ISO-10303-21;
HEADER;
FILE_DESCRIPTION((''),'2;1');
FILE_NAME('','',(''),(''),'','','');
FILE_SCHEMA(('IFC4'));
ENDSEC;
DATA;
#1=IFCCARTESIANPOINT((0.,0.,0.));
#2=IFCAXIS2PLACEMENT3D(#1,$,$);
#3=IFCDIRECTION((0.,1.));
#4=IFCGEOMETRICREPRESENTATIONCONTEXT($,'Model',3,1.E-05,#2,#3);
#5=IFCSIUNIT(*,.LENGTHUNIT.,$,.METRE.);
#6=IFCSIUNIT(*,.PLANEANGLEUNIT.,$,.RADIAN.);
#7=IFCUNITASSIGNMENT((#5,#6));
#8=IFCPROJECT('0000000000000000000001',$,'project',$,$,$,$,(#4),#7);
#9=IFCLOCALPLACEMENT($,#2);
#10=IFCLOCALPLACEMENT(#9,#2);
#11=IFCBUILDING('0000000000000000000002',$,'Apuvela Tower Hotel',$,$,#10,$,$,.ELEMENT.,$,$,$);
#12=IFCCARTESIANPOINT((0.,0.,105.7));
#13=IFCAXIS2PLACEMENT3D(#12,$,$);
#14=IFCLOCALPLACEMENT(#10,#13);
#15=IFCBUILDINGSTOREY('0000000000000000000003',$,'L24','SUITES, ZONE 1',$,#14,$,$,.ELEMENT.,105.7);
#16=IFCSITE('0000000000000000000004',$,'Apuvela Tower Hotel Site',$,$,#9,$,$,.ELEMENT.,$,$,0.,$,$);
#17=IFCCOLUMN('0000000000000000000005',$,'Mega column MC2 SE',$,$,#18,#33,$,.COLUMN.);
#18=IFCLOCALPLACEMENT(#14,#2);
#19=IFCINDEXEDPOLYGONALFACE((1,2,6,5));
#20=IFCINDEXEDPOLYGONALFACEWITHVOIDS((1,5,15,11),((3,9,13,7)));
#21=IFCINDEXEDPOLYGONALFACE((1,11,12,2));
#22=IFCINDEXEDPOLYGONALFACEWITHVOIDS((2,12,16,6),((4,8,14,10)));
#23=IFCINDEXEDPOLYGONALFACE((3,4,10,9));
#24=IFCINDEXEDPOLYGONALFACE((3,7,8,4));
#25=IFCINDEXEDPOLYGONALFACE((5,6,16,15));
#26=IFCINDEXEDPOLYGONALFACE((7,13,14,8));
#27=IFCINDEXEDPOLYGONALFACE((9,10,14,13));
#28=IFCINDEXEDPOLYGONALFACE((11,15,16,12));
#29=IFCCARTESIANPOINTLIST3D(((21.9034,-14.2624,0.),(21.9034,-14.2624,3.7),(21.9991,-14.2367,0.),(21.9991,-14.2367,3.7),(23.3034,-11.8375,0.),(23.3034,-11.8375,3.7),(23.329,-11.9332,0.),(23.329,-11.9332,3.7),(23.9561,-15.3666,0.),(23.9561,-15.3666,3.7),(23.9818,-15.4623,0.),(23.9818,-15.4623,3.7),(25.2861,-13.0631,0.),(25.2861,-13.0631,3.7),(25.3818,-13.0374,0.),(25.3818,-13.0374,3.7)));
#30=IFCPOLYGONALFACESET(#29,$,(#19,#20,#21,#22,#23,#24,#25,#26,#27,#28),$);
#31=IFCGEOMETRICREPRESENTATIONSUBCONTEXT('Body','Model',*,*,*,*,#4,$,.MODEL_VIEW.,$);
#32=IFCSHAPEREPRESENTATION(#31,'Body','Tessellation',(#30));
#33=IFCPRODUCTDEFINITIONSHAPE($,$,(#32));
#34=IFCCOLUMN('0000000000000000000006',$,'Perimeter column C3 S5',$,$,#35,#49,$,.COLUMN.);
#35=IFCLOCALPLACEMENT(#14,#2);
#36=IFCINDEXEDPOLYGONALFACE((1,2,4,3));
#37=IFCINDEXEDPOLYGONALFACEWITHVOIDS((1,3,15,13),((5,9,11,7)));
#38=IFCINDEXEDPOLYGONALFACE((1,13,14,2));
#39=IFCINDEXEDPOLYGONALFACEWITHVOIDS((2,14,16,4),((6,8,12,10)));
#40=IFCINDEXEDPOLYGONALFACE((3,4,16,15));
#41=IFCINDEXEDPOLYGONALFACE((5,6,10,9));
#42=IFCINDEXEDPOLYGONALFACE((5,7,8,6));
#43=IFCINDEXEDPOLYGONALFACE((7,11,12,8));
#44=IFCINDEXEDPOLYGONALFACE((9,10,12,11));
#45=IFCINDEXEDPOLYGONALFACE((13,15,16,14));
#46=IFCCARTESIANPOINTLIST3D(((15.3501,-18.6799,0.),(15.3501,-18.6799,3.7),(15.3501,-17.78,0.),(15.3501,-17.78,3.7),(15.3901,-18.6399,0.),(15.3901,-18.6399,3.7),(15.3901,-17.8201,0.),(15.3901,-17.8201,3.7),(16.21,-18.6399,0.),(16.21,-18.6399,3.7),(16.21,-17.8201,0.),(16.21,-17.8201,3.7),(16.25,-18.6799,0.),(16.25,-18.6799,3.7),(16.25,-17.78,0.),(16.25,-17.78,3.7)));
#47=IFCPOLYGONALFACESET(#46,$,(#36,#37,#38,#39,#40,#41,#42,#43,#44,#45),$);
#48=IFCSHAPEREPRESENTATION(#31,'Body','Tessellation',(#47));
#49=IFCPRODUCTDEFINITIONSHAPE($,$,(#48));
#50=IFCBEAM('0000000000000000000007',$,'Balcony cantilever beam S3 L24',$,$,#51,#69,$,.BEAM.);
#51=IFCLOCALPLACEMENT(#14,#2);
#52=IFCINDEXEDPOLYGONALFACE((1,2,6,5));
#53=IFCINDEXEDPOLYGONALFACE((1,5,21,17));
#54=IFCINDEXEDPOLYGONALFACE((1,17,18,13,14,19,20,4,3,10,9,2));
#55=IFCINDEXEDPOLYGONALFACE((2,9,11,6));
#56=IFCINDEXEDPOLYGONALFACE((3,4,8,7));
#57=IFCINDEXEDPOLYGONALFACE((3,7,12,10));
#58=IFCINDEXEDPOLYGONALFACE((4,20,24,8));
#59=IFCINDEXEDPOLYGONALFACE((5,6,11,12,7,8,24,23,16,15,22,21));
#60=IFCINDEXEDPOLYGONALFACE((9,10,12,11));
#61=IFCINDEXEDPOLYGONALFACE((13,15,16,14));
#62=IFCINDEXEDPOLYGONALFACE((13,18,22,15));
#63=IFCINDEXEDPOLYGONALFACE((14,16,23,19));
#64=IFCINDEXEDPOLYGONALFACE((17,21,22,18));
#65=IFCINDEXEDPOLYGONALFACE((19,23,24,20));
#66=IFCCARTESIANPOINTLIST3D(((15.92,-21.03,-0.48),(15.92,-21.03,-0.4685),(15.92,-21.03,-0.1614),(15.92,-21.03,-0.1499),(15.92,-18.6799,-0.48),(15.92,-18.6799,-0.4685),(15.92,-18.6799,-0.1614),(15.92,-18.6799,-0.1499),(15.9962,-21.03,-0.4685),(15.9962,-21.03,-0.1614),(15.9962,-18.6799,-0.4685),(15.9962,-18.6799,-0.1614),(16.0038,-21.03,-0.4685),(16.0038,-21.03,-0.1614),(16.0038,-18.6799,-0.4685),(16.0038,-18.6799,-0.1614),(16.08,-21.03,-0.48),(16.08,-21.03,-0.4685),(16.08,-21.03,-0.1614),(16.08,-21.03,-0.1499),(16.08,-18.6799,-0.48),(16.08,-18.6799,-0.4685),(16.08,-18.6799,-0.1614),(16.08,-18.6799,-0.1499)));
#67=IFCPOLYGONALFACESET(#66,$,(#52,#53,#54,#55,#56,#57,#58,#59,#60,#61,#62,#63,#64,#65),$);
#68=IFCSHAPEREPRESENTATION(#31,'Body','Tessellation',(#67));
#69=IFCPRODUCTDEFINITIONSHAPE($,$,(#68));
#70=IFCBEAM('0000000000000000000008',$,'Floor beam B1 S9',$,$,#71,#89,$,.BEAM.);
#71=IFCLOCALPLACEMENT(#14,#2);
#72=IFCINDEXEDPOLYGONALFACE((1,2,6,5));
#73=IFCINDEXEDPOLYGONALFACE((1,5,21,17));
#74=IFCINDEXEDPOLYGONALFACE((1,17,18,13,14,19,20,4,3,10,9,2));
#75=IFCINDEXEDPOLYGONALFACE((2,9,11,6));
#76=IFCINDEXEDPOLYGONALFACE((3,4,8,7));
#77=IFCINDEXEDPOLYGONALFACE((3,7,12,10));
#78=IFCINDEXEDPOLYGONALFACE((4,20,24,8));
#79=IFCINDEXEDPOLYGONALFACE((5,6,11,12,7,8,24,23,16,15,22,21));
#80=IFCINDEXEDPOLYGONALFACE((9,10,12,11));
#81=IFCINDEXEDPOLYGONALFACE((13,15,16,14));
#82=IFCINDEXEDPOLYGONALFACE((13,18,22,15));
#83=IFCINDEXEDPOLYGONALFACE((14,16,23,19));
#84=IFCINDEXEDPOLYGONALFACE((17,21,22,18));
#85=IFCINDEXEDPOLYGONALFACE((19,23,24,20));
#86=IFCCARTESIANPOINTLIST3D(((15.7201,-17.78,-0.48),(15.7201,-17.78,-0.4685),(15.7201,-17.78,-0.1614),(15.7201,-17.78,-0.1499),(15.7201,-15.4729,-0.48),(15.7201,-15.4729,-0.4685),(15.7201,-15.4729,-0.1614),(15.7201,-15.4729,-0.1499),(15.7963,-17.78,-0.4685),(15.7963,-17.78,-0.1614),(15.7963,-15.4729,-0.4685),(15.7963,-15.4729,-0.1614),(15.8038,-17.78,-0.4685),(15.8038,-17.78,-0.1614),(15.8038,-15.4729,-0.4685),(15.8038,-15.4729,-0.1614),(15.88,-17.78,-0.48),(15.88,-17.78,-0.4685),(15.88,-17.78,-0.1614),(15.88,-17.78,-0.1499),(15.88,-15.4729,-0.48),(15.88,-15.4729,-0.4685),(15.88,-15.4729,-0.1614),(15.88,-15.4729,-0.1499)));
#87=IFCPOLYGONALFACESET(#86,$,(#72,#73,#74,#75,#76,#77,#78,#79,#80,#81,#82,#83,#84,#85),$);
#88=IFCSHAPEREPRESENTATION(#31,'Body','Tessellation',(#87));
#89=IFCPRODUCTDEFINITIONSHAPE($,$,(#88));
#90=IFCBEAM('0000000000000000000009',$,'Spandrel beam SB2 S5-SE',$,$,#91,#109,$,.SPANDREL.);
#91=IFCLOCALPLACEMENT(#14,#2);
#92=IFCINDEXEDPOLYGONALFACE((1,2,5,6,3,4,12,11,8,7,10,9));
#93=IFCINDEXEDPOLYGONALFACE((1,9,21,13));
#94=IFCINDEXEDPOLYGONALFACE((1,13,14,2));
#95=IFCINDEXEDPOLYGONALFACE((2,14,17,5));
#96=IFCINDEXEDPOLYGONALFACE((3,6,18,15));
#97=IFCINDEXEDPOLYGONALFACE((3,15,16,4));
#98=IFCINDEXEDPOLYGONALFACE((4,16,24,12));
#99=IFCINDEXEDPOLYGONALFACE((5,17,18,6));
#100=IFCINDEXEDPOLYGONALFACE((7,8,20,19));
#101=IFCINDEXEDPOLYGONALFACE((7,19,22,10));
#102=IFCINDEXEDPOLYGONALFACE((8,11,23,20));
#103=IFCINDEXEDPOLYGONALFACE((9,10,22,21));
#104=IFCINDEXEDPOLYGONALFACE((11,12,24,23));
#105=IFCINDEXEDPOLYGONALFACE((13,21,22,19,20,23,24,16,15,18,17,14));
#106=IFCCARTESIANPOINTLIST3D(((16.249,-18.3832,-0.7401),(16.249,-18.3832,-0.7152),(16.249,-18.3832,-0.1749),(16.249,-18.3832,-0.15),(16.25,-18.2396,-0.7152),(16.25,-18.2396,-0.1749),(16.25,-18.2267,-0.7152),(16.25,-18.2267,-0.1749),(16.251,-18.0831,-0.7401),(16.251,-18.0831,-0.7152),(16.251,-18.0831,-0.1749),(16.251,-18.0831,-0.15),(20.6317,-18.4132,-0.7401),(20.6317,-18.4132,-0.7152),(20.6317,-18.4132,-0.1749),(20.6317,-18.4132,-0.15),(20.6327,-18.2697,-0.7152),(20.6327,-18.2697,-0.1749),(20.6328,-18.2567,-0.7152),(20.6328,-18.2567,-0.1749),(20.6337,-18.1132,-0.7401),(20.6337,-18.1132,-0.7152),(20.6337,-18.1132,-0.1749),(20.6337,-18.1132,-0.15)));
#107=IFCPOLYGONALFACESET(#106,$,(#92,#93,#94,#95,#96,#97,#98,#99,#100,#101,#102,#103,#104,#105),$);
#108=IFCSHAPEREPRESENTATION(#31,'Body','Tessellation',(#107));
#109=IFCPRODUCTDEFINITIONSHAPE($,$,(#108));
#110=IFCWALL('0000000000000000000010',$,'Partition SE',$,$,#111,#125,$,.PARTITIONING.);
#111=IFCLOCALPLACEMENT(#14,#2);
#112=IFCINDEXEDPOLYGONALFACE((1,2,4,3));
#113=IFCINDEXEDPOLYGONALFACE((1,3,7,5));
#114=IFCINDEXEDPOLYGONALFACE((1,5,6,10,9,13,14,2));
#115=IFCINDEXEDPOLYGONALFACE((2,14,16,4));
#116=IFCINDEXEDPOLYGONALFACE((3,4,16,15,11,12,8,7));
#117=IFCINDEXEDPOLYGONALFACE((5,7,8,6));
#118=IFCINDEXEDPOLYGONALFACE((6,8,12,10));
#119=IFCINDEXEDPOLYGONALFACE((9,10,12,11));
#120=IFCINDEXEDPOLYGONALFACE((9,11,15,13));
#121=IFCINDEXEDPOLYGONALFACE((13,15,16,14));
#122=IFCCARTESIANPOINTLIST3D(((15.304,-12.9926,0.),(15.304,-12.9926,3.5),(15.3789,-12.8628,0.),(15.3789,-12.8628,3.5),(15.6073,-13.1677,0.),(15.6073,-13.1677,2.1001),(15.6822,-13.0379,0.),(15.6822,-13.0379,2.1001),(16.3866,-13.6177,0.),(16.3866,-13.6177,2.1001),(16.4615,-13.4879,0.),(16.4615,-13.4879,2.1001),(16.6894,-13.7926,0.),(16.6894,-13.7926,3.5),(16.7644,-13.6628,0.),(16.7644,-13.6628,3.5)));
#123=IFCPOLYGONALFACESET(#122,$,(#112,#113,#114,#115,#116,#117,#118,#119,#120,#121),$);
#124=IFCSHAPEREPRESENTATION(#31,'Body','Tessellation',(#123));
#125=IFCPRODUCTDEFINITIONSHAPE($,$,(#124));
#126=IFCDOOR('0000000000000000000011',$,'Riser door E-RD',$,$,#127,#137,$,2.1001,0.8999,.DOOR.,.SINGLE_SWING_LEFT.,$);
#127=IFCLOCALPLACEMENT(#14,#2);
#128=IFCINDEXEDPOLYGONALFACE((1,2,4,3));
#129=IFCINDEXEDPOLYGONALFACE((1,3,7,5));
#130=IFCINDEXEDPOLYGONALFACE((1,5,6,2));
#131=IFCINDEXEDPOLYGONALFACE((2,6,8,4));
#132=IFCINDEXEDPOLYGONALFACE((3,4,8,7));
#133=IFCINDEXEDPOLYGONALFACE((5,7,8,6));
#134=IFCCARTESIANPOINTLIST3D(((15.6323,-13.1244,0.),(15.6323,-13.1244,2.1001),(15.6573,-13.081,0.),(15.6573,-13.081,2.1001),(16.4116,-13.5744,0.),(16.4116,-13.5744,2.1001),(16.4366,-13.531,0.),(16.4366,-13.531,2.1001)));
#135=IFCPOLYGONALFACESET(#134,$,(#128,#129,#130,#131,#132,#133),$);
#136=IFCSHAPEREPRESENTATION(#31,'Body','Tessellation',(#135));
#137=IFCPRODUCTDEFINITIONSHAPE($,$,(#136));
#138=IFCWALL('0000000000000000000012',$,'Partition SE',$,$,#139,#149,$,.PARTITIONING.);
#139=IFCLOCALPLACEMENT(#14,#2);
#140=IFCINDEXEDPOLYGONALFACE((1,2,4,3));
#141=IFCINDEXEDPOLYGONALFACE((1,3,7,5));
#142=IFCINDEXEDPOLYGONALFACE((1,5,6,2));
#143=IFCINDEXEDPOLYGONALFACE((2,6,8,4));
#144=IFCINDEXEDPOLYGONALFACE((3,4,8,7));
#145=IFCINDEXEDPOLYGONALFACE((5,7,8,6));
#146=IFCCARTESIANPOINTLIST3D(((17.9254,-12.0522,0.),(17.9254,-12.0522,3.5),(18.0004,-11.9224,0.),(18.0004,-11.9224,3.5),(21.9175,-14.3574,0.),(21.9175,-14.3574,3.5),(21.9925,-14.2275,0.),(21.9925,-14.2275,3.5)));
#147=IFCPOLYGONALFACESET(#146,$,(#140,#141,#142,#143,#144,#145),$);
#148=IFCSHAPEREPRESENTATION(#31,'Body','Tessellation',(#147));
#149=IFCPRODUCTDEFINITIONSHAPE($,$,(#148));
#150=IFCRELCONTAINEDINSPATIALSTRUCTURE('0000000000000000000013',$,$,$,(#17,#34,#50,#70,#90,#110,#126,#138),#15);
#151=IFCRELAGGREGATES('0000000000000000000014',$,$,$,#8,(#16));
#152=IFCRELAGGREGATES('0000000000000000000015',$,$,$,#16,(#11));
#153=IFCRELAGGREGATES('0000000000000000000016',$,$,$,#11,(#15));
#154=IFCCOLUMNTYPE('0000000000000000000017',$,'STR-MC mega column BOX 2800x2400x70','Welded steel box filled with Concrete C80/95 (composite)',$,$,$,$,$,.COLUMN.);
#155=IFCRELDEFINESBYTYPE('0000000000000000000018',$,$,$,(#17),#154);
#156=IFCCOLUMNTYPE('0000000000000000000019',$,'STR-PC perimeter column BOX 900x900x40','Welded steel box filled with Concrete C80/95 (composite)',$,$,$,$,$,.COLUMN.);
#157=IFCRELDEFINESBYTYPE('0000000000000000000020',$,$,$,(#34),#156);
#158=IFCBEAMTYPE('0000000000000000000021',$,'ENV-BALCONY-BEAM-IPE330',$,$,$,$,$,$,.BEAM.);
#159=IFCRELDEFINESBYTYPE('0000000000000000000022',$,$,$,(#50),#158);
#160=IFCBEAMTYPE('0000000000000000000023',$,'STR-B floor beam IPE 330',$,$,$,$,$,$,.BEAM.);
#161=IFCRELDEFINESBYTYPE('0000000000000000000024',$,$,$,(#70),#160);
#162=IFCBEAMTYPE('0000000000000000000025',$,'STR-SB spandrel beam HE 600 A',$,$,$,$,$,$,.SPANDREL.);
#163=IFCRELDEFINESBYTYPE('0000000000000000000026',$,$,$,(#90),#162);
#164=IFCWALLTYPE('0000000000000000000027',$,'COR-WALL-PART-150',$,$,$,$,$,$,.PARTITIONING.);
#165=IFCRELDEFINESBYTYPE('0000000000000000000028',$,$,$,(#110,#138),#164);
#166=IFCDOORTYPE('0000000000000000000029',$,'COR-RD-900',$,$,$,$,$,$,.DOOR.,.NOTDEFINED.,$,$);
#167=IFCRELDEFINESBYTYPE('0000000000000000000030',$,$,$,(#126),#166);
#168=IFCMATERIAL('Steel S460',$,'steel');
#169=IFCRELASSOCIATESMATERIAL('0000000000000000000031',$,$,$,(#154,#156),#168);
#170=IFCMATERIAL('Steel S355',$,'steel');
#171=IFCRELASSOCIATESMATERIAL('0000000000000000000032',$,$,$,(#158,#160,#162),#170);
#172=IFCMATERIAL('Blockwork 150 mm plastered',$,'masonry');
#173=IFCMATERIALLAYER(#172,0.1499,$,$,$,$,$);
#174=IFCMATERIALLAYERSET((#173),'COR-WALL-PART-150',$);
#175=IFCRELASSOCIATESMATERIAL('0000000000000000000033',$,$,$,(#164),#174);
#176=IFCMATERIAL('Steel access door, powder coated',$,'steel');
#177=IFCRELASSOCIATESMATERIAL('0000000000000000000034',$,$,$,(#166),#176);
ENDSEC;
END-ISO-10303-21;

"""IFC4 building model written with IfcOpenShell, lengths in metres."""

from ifc_helpers import new_model, si_unit, direction, frame, frame_2d, origin, origin_2d, place, context, subcontext, project, spatial, rectangle, hollow_rectangle, i_section, extrude, material, layer, layer_set, material_profile, profile_set, type_object, element, fill, save


model = new_model("IFC4")

# Units and contexts
model_context = context("Model", 3, precision=1e-05, world=origin(), true_north=direction((0.0, 1.0)))
body_context = subcontext(model_context, "Body", "Model", "MODEL_VIEW")
ifc_project = project(units=[si_unit("LENGTHUNIT", "METRE"), si_unit("PLANEANGLEUNIT", "RADIAN")], contexts=[model_context])

# Site, building, storey
site_placement = place(None, origin())
site = spatial("IfcSite", under=ifc_project, at=site_placement, Name="Apuvela Tower Hotel Site", CompositionType="ELEMENT", RefElevation=0.0)
building_placement = place(site_placement, origin())
building = spatial("IfcBuilding", under=site, at=building_placement, Name="Apuvela Tower Hotel", CompositionType="ELEMENT")
storey_placement = place(building_placement, frame((0.0, 0.0, 105.7)))
storey = spatial("IfcBuildingStorey", under=building, at=storey_placement, Name="L24", Description="SUITES, ZONE 1", CompositionType="ELEMENT", Elevation=105.7)

# Columns
ifc_material_1 = material(Name="Steel S460", Category="steel")
ifc_material_profile_1 = material_profile(ifc_material_1, hollow_rectangle(XDim=2.8, YDim=2.3999, WallThickness=0.0701, at=origin_2d()), Name="BOX 2800x2400x70")
ifc_material_2 = material(Name="Concrete C80/95", Category="concrete")
ifc_material_profile_2 = material_profile(ifc_material_2, rectangle(XDim=2.6599, YDim=2.26, at=origin_2d()), Name="Concrete C80/95 infill")
ifc_profile_set_1 = profile_set([ifc_material_profile_1, ifc_material_profile_2], Name="Steel S460")
column_type_1 = type_object("IfcColumnType", Name="STR-MC mega column BOX 2800x2400x70", Description="Welded steel box filled with Concrete C80/95 (composite)", PredefinedType="COLUMN", material=ifc_profile_set_1)
column_1_placement = place(storey_placement, frame((23.6426, -13.6499, 0.0), z_axis=(0.0, 0.0, 1.0), x_axis=(0.5, 0.866025, 0.0)))
element("IfcColumn", 1, at=column_1_placement, inside=storey, type_object=column_type_1, Name="Mega column MC2 SE", PredefinedType="COLUMN", context=body_context, shape_type="SweptSolid", body=[
    extrude(hollow_rectangle(XDim=2.8, YDim=2.3999, WallThickness=0.0701, at=origin_2d()), origin(), (0.0, 0.0, 1.0), 3.7),
])
ifc_material_profile_3 = material_profile(ifc_material_1, hollow_rectangle(XDim=0.8999, YDim=0.8999, WallThickness=0.04, at=origin_2d()), Name="BOX 900x900x40")
ifc_material_profile_4 = material_profile(ifc_material_2, rectangle(XDim=0.8201, YDim=0.8201, at=origin_2d()), Name="Concrete C80/95 infill")
ifc_profile_set_2 = profile_set([ifc_material_profile_3, ifc_material_profile_4], Name="Steel S460")
column_type_2 = type_object("IfcColumnType", Name="STR-PC perimeter column BOX 900x900x40", Description="Welded steel box filled with Concrete C80/95 (composite)", PredefinedType="COLUMN", material=ifc_profile_set_2)
column_2_placement = place(storey_placement, frame((15.8, -18.23, 0.0), z_axis=(0.0, 0.0, 1.0), x_axis=(-1.0, 0.0, 0.0)))
element("IfcColumn", 2, at=column_2_placement, inside=storey, type_object=column_type_2, Name="Perimeter column C3 S5", PredefinedType="COLUMN", context=body_context, shape_type="SweptSolid", body=[
    extrude(hollow_rectangle(XDim=0.8999, YDim=0.8999, WallThickness=0.04, at=origin_2d()), origin(), (0.0, 0.0, 1.0), 3.7),
])

# Beams
ifc_material_3 = material(Name="Steel S355", Category="steel")
ifc_material_profile_5 = material_profile(ifc_material_3, i_section(OverallWidth=0.1599, OverallDepth=0.3301, WebThickness=0.0076, FlangeThickness=0.0115, at=origin_2d()), Name="IPE 330")
ifc_profile_set_3 = profile_set([ifc_material_profile_5], Name="Steel S355")
beam_type_1 = type_object("IfcBeamType", Name="ENV-BALCONY-BEAM-IPE330", PredefinedType="BEAM", material=ifc_profile_set_3)
beam_1_placement = place(storey_placement, frame((16.0, -18.6799, -0.3149), z_axis=(0.0, -1.0, 0.0), x_axis=(1.0, 0.0, 0.0)))
element("IfcBeam", 3, at=beam_1_placement, inside=storey, type_object=beam_type_1, Name="Balcony cantilever beam S3 L24", PredefinedType="BEAM", context=body_context, shape_type="SweptSolid", body=[
    extrude(i_section(OverallWidth=0.1599, OverallDepth=0.3301, WebThickness=0.0076, FlangeThickness=0.0115, at=origin_2d()), origin(), (0.0, 0.0, 1.0), 2.3501),
])
ifc_material_profile_6 = material_profile(ifc_material_3, i_section(OverallWidth=0.1599, OverallDepth=0.3301, WebThickness=0.0076, FlangeThickness=0.0115, at=origin_2d()), Name="IPE 330")
ifc_profile_set_4 = profile_set([ifc_material_profile_6], Name="Steel S355")
beam_type_2 = type_object("IfcBeamType", Name="STR-B floor beam IPE 330", PredefinedType="BEAM", material=ifc_profile_set_4)
beam_2_placement = place(storey_placement, frame((15.8, -17.78, -0.3149), z_axis=(0.0, 1.0, 0.0), x_axis=(-1.0, 0.0, 0.0)))
element("IfcBeam", 4, at=beam_2_placement, inside=storey, type_object=beam_type_2, Name="Floor beam B1 S9", PredefinedType="BEAM", context=body_context, shape_type="SweptSolid", body=[
    extrude(i_section(OverallWidth=0.1599, OverallDepth=0.3301, WebThickness=0.0076, FlangeThickness=0.0115, at=origin_2d()), origin(), (0.0, 0.0, 1.0), 2.3071),
])
ifc_material_profile_7 = material_profile(ifc_material_3, i_section(OverallWidth=0.3, OverallDepth=0.5901, WebThickness=0.0129, FlangeThickness=0.0249, at=origin_2d()), Name="HE 600 A")
ifc_profile_set_5 = profile_set([ifc_material_profile_7], Name="Steel S355")
beam_type_3 = type_object("IfcBeamType", Name="STR-SB spandrel beam HE 600 A", PredefinedType="SPANDREL", material=ifc_profile_set_5)
beam_3_placement = place(storey_placement, frame((16.25, -18.2332, -0.4451), z_axis=(0.999977, -0.006851, 0.0), x_axis=(0.006851, 0.999977, 0.0)))
element("IfcBeam", 5, at=beam_3_placement, inside=storey, type_object=beam_type_3, Name="Spandrel beam SB2 S5-SE", PredefinedType="SPANDREL", context=body_context, shape_type="SweptSolid", body=[
    extrude(i_section(OverallWidth=0.3, OverallDepth=0.5901, WebThickness=0.0129, FlangeThickness=0.0249, at=origin_2d()), origin(), (0.0, 0.0, 1.0), 4.3828),
])

# Wall, opening, door
ifc_material_4 = material(Name="Blockwork 150 mm plastered", Category="masonry")
ifc_layer_1 = layer(ifc_material_4, 0.1499)
ifc_layer_set_1 = layer_set([ifc_layer_1], Name="COR-WALL-PART-150")
wall_type_1 = type_object("IfcWallType", Name="COR-WALL-PART-150", PredefinedType="PARTITIONING", material=ifc_layer_set_1)
wall_1_placement = place(storey_placement, frame((15.3416, -12.9277, 0.0), z_axis=(0.0, 0.0, 1.0), x_axis=(0.86599, -0.500061, 0.0)))
wall_1 = element("IfcWall", 6, at=wall_1_placement, inside=storey, type_object=wall_type_1, Name="Partition SE", PredefinedType="PARTITIONING", context=body_context, shape_type="SweptSolid", body=[
    extrude(rectangle(XDim=1.5999, YDim=0.1499, at=frame_2d((0.7998, 0.0))), origin(), (0.0, 0.0, 1.0), 3.5),
])
opening_1_placement = place(wall_1_placement, frame((0.3501, 0.0, 0.0)))
opening_1 = element("IfcOpeningElement", 7, at=opening_1_placement, cuts=wall_1, PredefinedType="OPENING", context=body_context, shape_type="SweptSolid", body=[
    extrude(rectangle(XDim=0.8999, YDim=2.1001, at=frame_2d((0.45, 1.05))), frame((0.0, 0.085, 0.0), z_axis=(0.0, -1.0, 0.0), x_axis=(1.0, 0.0, 0.0)), (0.0, 0.0, 1.0), 0.1699),
])
ifc_material_5 = material(Name="Steel access door, powder coated", Category="steel")
door_type_1 = type_object("IfcDoorType", Name="COR-RD-900", OperationType="NOTDEFINED", PredefinedType="DOOR", material=ifc_material_5)
door_1_placement = place(opening_1_placement, frame((0.8999, 0.0, 0.0), z_axis=(0.0, 0.0, 1.0), x_axis=(-1.0, 0.0, 0.0)))
door_1 = element("IfcDoor", 8, at=door_1_placement, inside=storey, type_object=door_type_1, Name="Riser door E-RD", OperationType="SINGLE_SWING_LEFT", OverallHeight=2.1001, OverallWidth=0.8999, PredefinedType="DOOR", context=body_context, shape_type="SweptSolid", body=[
    extrude(rectangle(XDim=0.8999, YDim=2.1001, at=frame_2d((0.45, 1.05))), frame((0.0, 0.0249, 0.0), z_axis=(0.0, -1.0, 0.0), x_axis=(1.0, 0.0, 0.0)), (0.0, 0.0, 1.0), 0.05),
])
fill(opening_1, door_1)

# Wall
wall_2_placement = place(storey_placement, frame((17.9629, -11.9873, 0.0), z_axis=(0.0, 0.0, 1.0), x_axis=(0.865999, -0.500046, 0.0)))
element("IfcWall", 9, at=wall_2_placement, inside=storey, type_object=wall_type_1, Name="Partition SE", PredefinedType="PARTITIONING", context=body_context, shape_type="SweptSolid", body=[
    extrude(rectangle(XDim=4.6099, YDim=0.1499, at=frame_2d((2.3049, 0.0))), origin(), (0.0, 0.0, 1.0), 3.5),
])

save(model, "model.ifc")
